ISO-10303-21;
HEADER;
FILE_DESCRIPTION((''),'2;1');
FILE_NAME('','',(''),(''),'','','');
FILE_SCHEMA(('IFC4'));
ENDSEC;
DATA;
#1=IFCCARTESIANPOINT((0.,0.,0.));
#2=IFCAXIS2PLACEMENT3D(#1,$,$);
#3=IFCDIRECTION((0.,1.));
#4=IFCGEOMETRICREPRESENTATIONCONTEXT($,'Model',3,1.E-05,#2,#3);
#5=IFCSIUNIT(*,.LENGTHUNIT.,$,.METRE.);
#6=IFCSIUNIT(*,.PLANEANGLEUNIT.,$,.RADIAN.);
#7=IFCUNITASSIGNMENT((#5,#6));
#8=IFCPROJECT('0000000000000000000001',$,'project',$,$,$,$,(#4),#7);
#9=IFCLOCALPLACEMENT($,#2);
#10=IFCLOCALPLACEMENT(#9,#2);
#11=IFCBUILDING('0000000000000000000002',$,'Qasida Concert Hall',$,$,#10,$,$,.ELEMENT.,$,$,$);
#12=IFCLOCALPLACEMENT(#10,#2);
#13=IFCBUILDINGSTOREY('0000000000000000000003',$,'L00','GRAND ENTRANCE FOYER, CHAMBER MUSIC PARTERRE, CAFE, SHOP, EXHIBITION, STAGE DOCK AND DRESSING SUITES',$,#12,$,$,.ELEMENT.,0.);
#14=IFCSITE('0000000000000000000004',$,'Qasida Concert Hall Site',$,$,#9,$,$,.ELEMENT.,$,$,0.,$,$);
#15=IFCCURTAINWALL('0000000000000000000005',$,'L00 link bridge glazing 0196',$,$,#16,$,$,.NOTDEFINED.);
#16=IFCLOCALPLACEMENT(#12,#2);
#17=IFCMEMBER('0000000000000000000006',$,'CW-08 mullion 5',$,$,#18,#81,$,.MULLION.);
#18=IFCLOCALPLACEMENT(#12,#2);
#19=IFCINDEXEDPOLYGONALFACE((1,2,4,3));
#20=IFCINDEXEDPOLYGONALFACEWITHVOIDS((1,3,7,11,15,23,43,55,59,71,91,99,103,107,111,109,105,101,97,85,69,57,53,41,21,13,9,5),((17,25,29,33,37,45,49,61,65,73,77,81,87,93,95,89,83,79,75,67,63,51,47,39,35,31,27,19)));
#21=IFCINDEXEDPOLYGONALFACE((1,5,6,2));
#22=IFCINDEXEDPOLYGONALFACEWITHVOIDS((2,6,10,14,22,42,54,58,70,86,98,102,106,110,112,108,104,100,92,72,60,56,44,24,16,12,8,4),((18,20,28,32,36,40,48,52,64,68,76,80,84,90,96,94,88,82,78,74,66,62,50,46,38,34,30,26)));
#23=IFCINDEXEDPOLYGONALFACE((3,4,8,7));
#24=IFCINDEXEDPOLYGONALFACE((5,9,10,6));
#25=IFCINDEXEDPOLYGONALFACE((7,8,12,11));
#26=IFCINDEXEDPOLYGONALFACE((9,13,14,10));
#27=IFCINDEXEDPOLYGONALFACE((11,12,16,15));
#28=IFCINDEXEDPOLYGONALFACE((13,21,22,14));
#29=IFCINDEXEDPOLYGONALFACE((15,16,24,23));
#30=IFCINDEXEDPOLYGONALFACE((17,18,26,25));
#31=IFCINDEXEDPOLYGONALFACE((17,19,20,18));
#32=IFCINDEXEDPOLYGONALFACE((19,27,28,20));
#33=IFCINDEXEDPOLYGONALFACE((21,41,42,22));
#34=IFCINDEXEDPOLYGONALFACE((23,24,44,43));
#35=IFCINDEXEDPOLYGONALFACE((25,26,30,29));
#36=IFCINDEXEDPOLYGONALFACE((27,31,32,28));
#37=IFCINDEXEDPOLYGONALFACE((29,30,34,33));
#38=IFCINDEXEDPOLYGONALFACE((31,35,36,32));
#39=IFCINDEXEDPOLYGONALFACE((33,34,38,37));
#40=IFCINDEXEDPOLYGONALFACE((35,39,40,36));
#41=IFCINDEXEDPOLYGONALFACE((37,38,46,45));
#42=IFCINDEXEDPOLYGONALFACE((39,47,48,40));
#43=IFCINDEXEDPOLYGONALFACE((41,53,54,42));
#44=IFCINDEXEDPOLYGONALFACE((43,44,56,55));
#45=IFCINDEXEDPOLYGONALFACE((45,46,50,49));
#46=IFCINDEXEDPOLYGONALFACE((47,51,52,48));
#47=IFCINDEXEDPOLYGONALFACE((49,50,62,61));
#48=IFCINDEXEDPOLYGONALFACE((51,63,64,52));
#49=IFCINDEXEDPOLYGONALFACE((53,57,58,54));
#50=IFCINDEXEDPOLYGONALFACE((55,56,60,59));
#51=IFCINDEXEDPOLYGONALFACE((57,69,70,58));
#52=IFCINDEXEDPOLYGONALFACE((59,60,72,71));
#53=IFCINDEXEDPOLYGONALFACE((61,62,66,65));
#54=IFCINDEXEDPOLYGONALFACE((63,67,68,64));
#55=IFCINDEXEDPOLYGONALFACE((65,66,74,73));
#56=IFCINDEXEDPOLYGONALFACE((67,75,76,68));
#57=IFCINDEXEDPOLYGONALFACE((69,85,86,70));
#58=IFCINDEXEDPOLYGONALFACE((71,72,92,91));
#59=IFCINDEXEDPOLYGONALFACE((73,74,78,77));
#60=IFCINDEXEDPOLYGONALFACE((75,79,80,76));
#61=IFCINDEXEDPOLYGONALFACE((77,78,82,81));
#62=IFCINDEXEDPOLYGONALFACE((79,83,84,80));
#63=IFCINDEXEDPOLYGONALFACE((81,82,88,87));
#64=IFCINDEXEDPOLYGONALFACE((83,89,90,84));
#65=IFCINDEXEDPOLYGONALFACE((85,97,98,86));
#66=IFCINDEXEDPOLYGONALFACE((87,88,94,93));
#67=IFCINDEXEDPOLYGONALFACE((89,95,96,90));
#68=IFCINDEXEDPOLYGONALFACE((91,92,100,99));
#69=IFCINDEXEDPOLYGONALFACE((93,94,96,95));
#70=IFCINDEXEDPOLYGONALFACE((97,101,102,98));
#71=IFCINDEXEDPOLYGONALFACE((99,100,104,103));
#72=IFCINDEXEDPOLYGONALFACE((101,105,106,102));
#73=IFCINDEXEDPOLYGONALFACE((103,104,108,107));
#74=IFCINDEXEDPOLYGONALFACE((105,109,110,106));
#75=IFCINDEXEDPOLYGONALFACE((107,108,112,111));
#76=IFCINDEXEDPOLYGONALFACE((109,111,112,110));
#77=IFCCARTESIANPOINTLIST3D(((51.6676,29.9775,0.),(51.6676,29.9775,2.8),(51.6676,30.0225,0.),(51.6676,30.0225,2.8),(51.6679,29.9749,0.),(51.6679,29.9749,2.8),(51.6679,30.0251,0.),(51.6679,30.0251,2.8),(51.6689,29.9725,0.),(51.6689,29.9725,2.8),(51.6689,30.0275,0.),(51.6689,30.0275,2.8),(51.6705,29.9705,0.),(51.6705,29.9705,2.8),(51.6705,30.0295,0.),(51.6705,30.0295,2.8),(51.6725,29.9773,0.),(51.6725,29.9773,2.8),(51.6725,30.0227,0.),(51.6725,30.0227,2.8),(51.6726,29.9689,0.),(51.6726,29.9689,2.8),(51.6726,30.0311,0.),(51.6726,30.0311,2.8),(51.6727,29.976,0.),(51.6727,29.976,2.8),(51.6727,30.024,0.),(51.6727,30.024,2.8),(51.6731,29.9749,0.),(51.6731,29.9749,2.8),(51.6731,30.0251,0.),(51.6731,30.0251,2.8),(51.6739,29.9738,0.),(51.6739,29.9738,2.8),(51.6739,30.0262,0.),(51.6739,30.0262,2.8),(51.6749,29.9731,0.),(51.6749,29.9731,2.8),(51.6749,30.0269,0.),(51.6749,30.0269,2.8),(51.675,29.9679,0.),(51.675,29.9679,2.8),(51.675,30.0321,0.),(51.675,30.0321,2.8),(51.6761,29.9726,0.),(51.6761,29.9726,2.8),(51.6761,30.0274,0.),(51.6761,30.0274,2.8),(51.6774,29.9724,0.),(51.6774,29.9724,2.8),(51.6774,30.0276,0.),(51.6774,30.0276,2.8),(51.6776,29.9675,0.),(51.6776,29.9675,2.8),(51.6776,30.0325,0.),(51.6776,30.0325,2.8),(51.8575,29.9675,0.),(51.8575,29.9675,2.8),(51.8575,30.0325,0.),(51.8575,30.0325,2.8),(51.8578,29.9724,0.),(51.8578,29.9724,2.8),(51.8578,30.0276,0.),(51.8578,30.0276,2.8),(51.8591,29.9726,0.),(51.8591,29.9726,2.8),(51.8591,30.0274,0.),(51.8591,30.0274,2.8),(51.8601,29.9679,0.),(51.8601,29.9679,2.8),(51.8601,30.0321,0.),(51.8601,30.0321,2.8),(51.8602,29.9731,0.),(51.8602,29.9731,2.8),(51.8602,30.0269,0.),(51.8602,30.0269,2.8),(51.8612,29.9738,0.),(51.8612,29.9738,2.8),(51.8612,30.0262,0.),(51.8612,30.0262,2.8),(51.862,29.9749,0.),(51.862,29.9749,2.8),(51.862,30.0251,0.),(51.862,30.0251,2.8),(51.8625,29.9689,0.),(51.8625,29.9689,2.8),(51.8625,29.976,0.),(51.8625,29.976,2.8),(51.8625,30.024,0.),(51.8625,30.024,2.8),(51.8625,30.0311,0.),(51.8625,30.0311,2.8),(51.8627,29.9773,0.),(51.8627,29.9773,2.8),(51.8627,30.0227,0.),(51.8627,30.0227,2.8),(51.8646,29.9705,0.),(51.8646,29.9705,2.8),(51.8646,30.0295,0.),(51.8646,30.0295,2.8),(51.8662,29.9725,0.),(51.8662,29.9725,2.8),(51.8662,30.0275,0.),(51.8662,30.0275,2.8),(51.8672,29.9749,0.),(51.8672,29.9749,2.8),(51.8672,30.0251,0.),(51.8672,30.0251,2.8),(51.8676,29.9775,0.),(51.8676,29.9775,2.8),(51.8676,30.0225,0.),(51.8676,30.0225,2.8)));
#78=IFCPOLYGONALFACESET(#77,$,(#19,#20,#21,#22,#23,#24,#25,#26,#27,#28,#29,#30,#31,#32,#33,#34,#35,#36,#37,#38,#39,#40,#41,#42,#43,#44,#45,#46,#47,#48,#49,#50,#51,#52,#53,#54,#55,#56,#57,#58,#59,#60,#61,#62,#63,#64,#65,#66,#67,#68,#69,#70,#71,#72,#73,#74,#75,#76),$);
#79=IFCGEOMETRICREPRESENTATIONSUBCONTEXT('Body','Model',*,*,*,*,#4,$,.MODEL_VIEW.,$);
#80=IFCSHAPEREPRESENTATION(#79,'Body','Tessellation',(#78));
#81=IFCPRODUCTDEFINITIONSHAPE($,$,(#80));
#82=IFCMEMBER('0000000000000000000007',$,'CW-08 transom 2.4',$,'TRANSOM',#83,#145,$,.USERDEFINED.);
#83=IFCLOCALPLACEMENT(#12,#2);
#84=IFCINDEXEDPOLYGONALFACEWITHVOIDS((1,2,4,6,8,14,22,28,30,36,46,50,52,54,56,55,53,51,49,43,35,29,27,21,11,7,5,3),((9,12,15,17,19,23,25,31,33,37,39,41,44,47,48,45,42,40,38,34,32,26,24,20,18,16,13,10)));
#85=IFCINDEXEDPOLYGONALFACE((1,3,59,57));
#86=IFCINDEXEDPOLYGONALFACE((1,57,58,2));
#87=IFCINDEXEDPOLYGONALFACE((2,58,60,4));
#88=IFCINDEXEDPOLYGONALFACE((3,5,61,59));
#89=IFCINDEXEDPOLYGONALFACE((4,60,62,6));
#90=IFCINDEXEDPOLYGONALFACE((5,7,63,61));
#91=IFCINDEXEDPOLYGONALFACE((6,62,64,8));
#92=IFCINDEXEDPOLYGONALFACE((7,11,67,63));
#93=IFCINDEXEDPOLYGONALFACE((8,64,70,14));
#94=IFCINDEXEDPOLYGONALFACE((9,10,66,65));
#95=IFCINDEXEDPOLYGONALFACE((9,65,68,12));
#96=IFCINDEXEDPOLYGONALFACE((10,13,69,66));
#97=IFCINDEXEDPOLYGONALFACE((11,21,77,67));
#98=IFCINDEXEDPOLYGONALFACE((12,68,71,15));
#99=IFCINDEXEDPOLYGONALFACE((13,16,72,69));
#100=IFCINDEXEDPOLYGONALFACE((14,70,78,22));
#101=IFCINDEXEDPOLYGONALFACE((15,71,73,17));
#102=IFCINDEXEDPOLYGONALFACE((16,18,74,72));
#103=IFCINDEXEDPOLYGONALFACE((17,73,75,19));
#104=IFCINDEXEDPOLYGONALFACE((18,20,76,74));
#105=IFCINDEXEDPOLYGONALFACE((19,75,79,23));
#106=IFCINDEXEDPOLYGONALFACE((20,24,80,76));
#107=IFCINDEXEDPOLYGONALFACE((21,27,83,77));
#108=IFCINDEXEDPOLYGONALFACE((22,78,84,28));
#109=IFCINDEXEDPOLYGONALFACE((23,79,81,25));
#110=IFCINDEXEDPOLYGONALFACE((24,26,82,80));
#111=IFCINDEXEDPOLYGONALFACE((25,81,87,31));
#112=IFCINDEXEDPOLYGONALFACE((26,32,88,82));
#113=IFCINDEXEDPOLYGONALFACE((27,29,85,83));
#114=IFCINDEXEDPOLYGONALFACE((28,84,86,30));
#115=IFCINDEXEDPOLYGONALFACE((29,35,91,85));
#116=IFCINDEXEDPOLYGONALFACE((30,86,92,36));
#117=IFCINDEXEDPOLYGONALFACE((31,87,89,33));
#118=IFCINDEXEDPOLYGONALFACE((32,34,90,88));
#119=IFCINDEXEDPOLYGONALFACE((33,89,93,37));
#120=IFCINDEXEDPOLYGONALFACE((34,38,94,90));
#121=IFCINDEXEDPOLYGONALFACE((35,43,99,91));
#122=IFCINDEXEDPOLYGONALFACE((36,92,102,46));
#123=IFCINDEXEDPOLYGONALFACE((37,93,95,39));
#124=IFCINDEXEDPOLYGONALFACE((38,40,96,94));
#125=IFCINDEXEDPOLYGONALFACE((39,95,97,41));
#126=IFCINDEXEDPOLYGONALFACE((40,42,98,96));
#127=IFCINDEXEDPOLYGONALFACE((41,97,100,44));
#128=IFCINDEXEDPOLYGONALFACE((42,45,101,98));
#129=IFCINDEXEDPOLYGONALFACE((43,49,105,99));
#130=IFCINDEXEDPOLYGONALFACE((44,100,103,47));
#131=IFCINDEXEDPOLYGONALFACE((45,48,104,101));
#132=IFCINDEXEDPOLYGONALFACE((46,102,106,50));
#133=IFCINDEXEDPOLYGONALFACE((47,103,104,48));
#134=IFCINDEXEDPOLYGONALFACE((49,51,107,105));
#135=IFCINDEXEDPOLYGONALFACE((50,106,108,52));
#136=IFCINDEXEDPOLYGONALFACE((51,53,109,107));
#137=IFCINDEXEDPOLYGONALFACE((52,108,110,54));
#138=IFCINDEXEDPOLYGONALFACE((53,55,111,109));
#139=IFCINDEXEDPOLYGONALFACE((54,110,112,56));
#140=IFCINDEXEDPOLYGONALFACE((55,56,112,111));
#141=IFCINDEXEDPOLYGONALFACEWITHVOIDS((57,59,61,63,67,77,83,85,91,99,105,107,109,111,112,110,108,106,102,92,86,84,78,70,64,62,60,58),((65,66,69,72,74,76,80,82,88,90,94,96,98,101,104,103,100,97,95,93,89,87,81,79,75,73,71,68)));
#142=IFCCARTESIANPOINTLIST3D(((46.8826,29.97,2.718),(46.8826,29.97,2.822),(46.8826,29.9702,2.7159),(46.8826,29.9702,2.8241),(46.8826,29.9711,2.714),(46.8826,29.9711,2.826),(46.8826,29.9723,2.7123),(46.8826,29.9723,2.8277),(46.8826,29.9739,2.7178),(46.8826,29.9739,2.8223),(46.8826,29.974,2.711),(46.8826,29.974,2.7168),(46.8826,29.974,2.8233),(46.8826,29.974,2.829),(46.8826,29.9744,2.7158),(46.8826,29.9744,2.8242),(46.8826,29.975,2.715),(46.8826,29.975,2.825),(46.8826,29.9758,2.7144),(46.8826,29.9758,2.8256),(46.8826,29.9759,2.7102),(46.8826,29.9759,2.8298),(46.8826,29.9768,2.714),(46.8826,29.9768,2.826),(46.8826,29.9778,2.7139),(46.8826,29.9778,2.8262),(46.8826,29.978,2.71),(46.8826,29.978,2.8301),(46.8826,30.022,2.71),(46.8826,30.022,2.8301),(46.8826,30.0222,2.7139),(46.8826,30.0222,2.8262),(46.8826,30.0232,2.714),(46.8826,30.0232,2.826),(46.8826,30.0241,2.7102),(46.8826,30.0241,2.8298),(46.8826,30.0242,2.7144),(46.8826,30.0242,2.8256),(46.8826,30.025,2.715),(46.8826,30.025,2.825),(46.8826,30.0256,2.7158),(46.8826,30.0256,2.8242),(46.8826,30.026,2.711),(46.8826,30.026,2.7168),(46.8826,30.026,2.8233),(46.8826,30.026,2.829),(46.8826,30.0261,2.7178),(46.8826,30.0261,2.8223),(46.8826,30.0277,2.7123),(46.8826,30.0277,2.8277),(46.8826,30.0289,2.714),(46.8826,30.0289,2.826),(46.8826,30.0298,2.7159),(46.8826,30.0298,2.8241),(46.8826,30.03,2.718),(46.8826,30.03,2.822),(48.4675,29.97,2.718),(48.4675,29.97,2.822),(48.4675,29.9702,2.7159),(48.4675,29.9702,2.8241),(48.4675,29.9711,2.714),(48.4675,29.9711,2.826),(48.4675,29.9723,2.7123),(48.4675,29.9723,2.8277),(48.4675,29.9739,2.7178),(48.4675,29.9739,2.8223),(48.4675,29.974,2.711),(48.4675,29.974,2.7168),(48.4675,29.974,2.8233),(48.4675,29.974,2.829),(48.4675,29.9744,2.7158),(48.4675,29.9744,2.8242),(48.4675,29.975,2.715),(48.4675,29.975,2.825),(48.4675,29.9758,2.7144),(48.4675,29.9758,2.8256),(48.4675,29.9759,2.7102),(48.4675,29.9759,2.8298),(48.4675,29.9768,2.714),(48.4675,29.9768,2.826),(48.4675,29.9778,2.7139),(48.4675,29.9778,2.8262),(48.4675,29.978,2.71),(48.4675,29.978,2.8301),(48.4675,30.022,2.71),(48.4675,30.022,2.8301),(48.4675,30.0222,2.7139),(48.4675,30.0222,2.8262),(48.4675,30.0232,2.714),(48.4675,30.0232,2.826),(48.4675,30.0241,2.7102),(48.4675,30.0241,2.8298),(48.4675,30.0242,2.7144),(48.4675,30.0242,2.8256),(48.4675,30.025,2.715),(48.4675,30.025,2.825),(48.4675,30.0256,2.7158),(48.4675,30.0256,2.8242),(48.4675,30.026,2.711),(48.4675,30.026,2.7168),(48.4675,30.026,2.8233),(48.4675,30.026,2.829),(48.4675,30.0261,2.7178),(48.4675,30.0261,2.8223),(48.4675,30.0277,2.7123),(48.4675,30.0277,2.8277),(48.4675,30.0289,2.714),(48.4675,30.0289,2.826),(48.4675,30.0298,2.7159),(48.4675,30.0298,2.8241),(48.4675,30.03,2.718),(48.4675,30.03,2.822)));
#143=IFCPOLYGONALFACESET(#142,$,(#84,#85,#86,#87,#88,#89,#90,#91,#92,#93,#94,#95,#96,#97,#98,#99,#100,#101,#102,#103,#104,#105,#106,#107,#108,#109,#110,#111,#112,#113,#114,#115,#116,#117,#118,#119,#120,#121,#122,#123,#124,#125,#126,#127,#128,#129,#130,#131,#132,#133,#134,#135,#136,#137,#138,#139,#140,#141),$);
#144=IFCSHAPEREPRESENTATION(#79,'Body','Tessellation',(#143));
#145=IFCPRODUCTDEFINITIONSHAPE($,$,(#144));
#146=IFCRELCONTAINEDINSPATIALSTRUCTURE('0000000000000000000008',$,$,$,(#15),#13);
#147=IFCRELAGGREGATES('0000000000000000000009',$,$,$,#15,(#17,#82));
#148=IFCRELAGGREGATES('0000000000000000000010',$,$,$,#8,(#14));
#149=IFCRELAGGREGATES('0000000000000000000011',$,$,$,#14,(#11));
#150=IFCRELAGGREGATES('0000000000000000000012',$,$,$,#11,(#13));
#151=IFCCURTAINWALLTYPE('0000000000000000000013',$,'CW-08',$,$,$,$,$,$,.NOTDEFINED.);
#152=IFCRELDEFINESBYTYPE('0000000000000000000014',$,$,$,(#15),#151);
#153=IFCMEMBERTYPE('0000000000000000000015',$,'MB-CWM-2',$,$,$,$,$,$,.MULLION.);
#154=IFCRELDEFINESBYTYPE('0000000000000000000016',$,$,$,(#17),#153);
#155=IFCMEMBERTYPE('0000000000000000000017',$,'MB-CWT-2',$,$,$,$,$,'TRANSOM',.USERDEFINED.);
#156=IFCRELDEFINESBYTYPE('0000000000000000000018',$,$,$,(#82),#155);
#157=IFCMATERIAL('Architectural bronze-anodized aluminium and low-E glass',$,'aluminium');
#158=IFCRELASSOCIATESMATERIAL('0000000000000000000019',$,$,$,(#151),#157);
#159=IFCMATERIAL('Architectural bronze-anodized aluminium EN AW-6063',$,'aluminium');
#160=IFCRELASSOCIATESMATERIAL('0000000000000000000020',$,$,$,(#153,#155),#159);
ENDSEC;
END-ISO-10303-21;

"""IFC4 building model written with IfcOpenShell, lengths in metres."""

from ifc_helpers import new_model, si_unit, direction, frame, origin, origin_2d, place, context, subcontext, project, spatial, hollow_rectangle, extrude, material, material_profile, profile_set, type_object, element, aggregate, save


model = new_model("IFC4")

# Units and contexts
model_context = context("Model", 3, precision=1e-05, world=origin(), true_north=direction((0.0, 1.0)))
body_context = subcontext(model_context, "Body", "Model", "MODEL_VIEW")
ifc_project = project(units=[si_unit("LENGTHUNIT", "METRE"), si_unit("PLANEANGLEUNIT", "RADIAN")], contexts=[model_context])

# Site, building, storey
site_placement = place(None, origin())
site = spatial("IfcSite", under=ifc_project, at=site_placement, Name="Qasida Concert Hall Site", CompositionType="ELEMENT", RefElevation=0.0)
building_placement = place(site_placement, origin())
building = spatial("IfcBuilding", under=site, at=building_placement, Name="Qasida Concert Hall", CompositionType="ELEMENT")
storey_placement = place(building_placement, origin())
storey = spatial("IfcBuildingStorey", under=building, at=storey_placement, Name="L00", Description="GRAND ENTRANCE FOYER, CHAMBER MUSIC PARTERRE, CAFE, SHOP, EXHIBITION, STAGE DOCK AND DRESSING SUITES", CompositionType="ELEMENT", Elevation=0.0)

# Curtain wall, members
ifc_material_1 = material(Name="Architectural bronze-anodized aluminium and low-E glass", Category="aluminium")
curtain_wall_type = type_object("IfcCurtainWallType", Name="CW-08", PredefinedType="NOTDEFINED", material=ifc_material_1)
curtain_wall_placement = place(storey_placement, origin())
curtain_wall = element("IfcCurtainWall", 1, at=curtain_wall_placement, inside=storey, type_object=curtain_wall_type, Name="L00 link bridge glazing 0196", PredefinedType="NOTDEFINED")
ifc_material_2 = material(Name="Architectural bronze-anodized aluminium EN AW-6063", Category="aluminium")
ifc_material_profile_1 = material_profile(ifc_material_2, hollow_rectangle(XDim=0.0649, YDim=0.2, WallThickness=0.0049, InnerFilletRadius=0.0049, OuterFilletRadius=0.01, at=origin_2d()), Name="CWM 200x65x5")
ifc_profile_set_1 = profile_set([ifc_material_profile_1], Name="Architectural bronze-anodized aluminium EN AW-6063")
member_type_1 = type_object("IfcMemberType", Name="MB-CWM-2", PredefinedType="MULLION", material=ifc_profile_set_1)
member_1_placement = place(storey_placement, frame((51.7676, 30.0, 0.0), z_axis=(0.0, 0.0, 1.0), x_axis=(0.0, 1.0, 0.0)))
member_1 = element("IfcMember", 2, at=member_1_placement, type_object=member_type_1, Name="CW-08 mullion 5", PredefinedType="MULLION", context=body_context, shape_type="SweptSolid", body=[
    extrude(hollow_rectangle(XDim=0.0649, YDim=0.2, WallThickness=0.0049, InnerFilletRadius=0.0049, OuterFilletRadius=0.01, at=origin_2d()), origin(), (0.0, 0.0, 1.0), 2.8),
])
ifc_material_profile_2 = material_profile(ifc_material_2, hollow_rectangle(XDim=0.0601, YDim=0.1201, WallThickness=0.0039, InnerFilletRadius=0.0039, OuterFilletRadius=0.0081, at=origin_2d()), Name="CWT 120x60x4")
ifc_profile_set_2 = profile_set([ifc_material_profile_2], Name="Architectural bronze-anodized aluminium EN AW-6063")
member_type_2 = type_object("IfcMemberType", Name="MB-CWT-2", ElementType="TRANSOM", PredefinedType="USERDEFINED", material=ifc_profile_set_2)
member_2_placement = place(storey_placement, frame((46.8826, 30.0, 2.77), z_axis=(1.0, 0.0, 0.0), x_axis=(0.0, 1.0, 0.0)))
member_2 = element("IfcMember", 3, at=member_2_placement, type_object=member_type_2, Name="CW-08 transom 2.4", ObjectType="TRANSOM", PredefinedType="USERDEFINED", context=body_context, shape_type="SweptSolid", body=[
    extrude(hollow_rectangle(XDim=0.0601, YDim=0.1201, WallThickness=0.0039, InnerFilletRadius=0.0039, OuterFilletRadius=0.0081, at=origin_2d()), origin(), (0.0, 0.0, 1.0), 1.585),
])
aggregate(curtain_wall, [member_1, member_2])

save(model, "model.ifc")
